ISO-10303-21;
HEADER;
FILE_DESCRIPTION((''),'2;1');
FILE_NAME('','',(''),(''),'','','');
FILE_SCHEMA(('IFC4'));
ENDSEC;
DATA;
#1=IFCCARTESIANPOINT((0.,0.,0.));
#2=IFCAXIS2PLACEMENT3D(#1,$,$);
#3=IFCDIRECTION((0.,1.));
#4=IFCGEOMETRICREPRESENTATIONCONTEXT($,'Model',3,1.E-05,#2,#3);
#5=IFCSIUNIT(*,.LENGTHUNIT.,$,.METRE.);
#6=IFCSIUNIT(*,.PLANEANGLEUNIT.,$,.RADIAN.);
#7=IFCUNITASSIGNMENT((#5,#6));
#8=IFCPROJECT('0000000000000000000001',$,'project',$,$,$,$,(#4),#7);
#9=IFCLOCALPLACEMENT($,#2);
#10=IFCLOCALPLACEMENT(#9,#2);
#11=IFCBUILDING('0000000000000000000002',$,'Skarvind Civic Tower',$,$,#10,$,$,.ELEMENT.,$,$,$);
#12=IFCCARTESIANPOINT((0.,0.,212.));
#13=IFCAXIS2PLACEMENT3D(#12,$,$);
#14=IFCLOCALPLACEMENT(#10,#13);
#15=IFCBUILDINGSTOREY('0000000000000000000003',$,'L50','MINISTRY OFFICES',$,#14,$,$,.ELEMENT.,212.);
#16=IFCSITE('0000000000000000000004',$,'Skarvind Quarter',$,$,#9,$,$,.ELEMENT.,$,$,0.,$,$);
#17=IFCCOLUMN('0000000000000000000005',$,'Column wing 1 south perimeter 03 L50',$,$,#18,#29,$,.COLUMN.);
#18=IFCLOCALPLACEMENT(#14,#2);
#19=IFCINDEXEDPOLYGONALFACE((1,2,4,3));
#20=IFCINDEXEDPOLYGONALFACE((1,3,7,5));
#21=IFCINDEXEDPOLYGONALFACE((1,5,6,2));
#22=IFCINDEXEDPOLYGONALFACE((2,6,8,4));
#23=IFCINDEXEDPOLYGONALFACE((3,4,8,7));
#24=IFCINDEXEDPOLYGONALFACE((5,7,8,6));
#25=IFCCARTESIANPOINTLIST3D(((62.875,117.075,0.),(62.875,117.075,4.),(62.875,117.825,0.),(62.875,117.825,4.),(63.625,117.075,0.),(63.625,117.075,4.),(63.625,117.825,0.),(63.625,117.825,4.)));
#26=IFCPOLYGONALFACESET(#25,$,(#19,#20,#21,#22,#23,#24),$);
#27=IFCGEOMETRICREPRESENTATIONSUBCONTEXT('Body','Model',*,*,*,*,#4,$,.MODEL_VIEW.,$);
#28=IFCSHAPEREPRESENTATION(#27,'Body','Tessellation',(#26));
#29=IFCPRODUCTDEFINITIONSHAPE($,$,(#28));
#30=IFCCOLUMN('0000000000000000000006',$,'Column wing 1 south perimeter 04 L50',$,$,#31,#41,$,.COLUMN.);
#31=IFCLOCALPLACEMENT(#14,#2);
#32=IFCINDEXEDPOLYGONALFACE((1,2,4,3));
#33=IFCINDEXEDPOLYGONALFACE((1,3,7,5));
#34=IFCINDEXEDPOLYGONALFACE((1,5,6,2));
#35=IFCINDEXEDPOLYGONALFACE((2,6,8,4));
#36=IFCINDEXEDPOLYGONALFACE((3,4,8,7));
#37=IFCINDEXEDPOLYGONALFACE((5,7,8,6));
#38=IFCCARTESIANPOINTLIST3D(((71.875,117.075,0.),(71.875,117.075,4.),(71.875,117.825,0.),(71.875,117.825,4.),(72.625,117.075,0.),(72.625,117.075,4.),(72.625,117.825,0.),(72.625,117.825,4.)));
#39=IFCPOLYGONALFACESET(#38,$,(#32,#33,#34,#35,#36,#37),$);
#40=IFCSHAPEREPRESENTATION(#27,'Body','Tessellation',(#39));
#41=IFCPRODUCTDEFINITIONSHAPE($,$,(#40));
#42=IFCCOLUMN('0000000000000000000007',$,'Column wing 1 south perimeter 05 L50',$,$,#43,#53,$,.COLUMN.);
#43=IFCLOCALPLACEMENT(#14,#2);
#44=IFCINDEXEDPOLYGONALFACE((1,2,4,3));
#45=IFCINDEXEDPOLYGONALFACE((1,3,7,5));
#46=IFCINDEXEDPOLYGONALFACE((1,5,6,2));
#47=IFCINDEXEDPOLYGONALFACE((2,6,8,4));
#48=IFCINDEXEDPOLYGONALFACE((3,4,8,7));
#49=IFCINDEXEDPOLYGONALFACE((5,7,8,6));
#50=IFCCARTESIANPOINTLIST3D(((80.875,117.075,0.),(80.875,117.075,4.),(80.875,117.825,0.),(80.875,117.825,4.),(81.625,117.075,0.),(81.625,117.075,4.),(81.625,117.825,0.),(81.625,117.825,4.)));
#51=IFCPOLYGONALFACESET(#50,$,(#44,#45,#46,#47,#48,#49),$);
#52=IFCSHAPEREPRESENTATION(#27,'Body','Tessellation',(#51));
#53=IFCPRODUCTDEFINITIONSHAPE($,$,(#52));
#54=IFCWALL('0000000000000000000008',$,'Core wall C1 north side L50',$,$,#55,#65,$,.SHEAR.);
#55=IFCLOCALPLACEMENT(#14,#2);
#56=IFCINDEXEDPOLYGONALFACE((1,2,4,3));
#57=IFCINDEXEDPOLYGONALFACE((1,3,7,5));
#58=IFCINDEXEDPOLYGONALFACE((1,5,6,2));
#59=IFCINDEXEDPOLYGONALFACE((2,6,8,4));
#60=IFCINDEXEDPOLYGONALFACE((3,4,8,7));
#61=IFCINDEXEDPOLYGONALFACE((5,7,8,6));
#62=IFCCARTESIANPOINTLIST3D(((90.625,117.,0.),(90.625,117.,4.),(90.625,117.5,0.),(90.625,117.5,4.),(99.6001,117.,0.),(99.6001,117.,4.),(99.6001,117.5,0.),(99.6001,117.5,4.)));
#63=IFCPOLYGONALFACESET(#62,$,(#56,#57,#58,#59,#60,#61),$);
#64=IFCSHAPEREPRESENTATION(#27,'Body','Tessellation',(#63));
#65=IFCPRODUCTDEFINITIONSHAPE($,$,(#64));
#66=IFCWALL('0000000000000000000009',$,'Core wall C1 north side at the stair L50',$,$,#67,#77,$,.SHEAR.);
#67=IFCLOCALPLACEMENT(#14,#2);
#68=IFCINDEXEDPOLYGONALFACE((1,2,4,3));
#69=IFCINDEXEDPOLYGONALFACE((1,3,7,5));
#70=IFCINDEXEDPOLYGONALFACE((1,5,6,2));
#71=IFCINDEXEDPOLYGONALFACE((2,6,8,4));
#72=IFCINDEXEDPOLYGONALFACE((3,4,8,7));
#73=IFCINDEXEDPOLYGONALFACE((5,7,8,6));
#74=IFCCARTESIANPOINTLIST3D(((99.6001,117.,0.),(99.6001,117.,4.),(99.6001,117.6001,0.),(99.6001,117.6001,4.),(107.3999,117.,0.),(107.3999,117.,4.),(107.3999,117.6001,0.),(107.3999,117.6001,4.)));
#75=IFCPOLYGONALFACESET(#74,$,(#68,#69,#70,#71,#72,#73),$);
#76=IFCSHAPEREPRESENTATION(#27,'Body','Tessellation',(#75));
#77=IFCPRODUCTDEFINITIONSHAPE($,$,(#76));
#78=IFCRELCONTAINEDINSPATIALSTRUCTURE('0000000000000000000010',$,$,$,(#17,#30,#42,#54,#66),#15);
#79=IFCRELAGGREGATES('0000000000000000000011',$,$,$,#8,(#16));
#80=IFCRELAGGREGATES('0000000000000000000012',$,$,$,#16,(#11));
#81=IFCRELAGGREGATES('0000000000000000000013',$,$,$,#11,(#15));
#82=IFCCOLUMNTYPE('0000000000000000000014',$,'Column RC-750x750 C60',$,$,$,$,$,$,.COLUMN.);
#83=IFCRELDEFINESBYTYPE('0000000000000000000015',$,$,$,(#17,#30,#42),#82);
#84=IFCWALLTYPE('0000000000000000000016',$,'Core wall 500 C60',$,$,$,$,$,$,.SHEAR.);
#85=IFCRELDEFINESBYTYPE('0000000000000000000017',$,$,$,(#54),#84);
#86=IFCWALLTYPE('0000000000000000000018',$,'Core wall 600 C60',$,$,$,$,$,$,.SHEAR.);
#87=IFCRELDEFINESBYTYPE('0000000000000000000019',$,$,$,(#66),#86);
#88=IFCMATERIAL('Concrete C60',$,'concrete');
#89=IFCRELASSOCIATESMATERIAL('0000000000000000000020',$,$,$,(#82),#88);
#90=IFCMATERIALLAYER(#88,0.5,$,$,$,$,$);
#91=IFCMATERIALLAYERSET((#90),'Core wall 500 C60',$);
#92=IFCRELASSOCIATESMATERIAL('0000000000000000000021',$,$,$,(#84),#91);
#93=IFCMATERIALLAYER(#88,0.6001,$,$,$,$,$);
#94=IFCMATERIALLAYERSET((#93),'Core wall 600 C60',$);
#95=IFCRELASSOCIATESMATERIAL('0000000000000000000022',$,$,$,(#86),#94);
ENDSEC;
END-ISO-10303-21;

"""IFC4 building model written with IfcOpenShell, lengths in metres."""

from ifc_helpers import new_model, si_unit, direction, frame, frame_2d, origin, origin_2d, place, context, subcontext, project, spatial, rectangle, extrude, material, layer, layer_set, material_profile, profile_set, type_object, element, save


model = new_model("IFC4")

# Units and contexts
model_context = context("Model", 3, precision=1e-05, world=origin(), true_north=direction((0.0, 1.0)))
body_context = subcontext(model_context, "Body", "Model", "MODEL_VIEW")
ifc_project = project(units=[si_unit("LENGTHUNIT", "METRE"), si_unit("PLANEANGLEUNIT", "RADIAN")], contexts=[model_context])

# Site, building, storey
site_placement = place(None, origin())
site = spatial("IfcSite", under=ifc_project, at=site_placement, Name="Skarvind Quarter", CompositionType="ELEMENT", RefElevation=0.0)
building_placement = place(site_placement, origin())
building = spatial("IfcBuilding", under=site, at=building_placement, Name="Skarvind Civic Tower", CompositionType="ELEMENT")
storey_placement = place(building_placement, frame((0.0, 0.0, 212.0)))
storey = spatial("IfcBuildingStorey", under=building, at=storey_placement, Name="L50", Description="MINISTRY OFFICES", CompositionType="ELEMENT", Elevation=212.0)

# Columns
ifc_material_1 = material(Name="Concrete C60", Category="concrete")
ifc_material_profile_1 = material_profile(ifc_material_1, rectangle(XDim=0.75, YDim=0.75, at=origin_2d()), Name="RC-750x750")
ifc_profile_set_1 = profile_set([ifc_material_profile_1], Name="Concrete C60")
column_type = type_object("IfcColumnType", Name="Column RC-750x750 C60", PredefinedType="COLUMN", material=ifc_profile_set_1)
for number, where, z_axis, x_axis, name in (
    (1, (63.25, 117.45, 0.0), (0.0, 0.0, 1.0), (1.0, 0.0, 0.0), "Column wing 1 south perimeter 03 L50"),
    (2, (72.25, 117.45, 0.0), (0.0, 0.0, 1.0), (1.0, 0.0, 0.0), "Column wing 1 south perimeter 04 L50"),
    (3, (81.25, 117.45, 0.0), (0.0, 0.0, 1.0), (1.0, 0.0, 0.0), "Column wing 1 south perimeter 05 L50"),
):
    element("IfcColumn", number, at=place(storey_placement, frame(where, z_axis=z_axis, x_axis=x_axis)), inside=storey, type_object=column_type, Name=name, PredefinedType="COLUMN", context=body_context, shape_type="SweptSolid", body=[
        extrude(rectangle(XDim=0.75, YDim=0.75, at=origin_2d()), origin(), (0.0, 0.0, 1.0), 4.0),
    ])

# Walls
ifc_layer_1 = layer(ifc_material_1, 0.5)
ifc_layer_set_1 = layer_set([ifc_layer_1], Name="Core wall 500 C60")
wall_type_1 = type_object("IfcWallType", Name="Core wall 500 C60", PredefinedType="SHEAR", material=ifc_layer_set_1)
wall_1_placement = place(storey_placement, frame((99.6001, 117.25, 0.0), z_axis=(0.0, 0.0, 1.0), x_axis=(-1.0, 0.0, 0.0)))
element("IfcWall", 4, at=wall_1_placement, inside=storey, type_object=wall_type_1, Name="Core wall C1 north side L50", PredefinedType="SHEAR", context=body_context, shape_type="SweptSolid", body=[
    extrude(rectangle(XDim=8.9751, YDim=0.5, at=frame_2d((4.4875, 0.0))), origin(), (0.0, 0.0, 1.0), 4.0),
])
ifc_layer_2 = layer(ifc_material_1, 0.6001)
ifc_layer_set_2 = layer_set([ifc_layer_2], Name="Core wall 600 C60")
wall_type_2 = type_object("IfcWallType", Name="Core wall 600 C60", PredefinedType="SHEAR", material=ifc_layer_set_2)
wall_2_placement = place(storey_placement, frame((107.3999, 117.3, 0.0), z_axis=(0.0, 0.0, 1.0), x_axis=(-1.0, 0.0, 0.0)))
element("IfcWall", 5, at=wall_2_placement, inside=storey, type_object=wall_type_2, Name="Core wall C1 north side at the stair L50", PredefinedType="SHEAR", context=body_context, shape_type="SweptSolid", body=[
    extrude(rectangle(XDim=7.7998, YDim=0.6001, at=frame_2d((3.8999, 0.0))), origin(), (0.0, 0.0, 1.0), 4.0),
])

save(model, "model.ifc")
